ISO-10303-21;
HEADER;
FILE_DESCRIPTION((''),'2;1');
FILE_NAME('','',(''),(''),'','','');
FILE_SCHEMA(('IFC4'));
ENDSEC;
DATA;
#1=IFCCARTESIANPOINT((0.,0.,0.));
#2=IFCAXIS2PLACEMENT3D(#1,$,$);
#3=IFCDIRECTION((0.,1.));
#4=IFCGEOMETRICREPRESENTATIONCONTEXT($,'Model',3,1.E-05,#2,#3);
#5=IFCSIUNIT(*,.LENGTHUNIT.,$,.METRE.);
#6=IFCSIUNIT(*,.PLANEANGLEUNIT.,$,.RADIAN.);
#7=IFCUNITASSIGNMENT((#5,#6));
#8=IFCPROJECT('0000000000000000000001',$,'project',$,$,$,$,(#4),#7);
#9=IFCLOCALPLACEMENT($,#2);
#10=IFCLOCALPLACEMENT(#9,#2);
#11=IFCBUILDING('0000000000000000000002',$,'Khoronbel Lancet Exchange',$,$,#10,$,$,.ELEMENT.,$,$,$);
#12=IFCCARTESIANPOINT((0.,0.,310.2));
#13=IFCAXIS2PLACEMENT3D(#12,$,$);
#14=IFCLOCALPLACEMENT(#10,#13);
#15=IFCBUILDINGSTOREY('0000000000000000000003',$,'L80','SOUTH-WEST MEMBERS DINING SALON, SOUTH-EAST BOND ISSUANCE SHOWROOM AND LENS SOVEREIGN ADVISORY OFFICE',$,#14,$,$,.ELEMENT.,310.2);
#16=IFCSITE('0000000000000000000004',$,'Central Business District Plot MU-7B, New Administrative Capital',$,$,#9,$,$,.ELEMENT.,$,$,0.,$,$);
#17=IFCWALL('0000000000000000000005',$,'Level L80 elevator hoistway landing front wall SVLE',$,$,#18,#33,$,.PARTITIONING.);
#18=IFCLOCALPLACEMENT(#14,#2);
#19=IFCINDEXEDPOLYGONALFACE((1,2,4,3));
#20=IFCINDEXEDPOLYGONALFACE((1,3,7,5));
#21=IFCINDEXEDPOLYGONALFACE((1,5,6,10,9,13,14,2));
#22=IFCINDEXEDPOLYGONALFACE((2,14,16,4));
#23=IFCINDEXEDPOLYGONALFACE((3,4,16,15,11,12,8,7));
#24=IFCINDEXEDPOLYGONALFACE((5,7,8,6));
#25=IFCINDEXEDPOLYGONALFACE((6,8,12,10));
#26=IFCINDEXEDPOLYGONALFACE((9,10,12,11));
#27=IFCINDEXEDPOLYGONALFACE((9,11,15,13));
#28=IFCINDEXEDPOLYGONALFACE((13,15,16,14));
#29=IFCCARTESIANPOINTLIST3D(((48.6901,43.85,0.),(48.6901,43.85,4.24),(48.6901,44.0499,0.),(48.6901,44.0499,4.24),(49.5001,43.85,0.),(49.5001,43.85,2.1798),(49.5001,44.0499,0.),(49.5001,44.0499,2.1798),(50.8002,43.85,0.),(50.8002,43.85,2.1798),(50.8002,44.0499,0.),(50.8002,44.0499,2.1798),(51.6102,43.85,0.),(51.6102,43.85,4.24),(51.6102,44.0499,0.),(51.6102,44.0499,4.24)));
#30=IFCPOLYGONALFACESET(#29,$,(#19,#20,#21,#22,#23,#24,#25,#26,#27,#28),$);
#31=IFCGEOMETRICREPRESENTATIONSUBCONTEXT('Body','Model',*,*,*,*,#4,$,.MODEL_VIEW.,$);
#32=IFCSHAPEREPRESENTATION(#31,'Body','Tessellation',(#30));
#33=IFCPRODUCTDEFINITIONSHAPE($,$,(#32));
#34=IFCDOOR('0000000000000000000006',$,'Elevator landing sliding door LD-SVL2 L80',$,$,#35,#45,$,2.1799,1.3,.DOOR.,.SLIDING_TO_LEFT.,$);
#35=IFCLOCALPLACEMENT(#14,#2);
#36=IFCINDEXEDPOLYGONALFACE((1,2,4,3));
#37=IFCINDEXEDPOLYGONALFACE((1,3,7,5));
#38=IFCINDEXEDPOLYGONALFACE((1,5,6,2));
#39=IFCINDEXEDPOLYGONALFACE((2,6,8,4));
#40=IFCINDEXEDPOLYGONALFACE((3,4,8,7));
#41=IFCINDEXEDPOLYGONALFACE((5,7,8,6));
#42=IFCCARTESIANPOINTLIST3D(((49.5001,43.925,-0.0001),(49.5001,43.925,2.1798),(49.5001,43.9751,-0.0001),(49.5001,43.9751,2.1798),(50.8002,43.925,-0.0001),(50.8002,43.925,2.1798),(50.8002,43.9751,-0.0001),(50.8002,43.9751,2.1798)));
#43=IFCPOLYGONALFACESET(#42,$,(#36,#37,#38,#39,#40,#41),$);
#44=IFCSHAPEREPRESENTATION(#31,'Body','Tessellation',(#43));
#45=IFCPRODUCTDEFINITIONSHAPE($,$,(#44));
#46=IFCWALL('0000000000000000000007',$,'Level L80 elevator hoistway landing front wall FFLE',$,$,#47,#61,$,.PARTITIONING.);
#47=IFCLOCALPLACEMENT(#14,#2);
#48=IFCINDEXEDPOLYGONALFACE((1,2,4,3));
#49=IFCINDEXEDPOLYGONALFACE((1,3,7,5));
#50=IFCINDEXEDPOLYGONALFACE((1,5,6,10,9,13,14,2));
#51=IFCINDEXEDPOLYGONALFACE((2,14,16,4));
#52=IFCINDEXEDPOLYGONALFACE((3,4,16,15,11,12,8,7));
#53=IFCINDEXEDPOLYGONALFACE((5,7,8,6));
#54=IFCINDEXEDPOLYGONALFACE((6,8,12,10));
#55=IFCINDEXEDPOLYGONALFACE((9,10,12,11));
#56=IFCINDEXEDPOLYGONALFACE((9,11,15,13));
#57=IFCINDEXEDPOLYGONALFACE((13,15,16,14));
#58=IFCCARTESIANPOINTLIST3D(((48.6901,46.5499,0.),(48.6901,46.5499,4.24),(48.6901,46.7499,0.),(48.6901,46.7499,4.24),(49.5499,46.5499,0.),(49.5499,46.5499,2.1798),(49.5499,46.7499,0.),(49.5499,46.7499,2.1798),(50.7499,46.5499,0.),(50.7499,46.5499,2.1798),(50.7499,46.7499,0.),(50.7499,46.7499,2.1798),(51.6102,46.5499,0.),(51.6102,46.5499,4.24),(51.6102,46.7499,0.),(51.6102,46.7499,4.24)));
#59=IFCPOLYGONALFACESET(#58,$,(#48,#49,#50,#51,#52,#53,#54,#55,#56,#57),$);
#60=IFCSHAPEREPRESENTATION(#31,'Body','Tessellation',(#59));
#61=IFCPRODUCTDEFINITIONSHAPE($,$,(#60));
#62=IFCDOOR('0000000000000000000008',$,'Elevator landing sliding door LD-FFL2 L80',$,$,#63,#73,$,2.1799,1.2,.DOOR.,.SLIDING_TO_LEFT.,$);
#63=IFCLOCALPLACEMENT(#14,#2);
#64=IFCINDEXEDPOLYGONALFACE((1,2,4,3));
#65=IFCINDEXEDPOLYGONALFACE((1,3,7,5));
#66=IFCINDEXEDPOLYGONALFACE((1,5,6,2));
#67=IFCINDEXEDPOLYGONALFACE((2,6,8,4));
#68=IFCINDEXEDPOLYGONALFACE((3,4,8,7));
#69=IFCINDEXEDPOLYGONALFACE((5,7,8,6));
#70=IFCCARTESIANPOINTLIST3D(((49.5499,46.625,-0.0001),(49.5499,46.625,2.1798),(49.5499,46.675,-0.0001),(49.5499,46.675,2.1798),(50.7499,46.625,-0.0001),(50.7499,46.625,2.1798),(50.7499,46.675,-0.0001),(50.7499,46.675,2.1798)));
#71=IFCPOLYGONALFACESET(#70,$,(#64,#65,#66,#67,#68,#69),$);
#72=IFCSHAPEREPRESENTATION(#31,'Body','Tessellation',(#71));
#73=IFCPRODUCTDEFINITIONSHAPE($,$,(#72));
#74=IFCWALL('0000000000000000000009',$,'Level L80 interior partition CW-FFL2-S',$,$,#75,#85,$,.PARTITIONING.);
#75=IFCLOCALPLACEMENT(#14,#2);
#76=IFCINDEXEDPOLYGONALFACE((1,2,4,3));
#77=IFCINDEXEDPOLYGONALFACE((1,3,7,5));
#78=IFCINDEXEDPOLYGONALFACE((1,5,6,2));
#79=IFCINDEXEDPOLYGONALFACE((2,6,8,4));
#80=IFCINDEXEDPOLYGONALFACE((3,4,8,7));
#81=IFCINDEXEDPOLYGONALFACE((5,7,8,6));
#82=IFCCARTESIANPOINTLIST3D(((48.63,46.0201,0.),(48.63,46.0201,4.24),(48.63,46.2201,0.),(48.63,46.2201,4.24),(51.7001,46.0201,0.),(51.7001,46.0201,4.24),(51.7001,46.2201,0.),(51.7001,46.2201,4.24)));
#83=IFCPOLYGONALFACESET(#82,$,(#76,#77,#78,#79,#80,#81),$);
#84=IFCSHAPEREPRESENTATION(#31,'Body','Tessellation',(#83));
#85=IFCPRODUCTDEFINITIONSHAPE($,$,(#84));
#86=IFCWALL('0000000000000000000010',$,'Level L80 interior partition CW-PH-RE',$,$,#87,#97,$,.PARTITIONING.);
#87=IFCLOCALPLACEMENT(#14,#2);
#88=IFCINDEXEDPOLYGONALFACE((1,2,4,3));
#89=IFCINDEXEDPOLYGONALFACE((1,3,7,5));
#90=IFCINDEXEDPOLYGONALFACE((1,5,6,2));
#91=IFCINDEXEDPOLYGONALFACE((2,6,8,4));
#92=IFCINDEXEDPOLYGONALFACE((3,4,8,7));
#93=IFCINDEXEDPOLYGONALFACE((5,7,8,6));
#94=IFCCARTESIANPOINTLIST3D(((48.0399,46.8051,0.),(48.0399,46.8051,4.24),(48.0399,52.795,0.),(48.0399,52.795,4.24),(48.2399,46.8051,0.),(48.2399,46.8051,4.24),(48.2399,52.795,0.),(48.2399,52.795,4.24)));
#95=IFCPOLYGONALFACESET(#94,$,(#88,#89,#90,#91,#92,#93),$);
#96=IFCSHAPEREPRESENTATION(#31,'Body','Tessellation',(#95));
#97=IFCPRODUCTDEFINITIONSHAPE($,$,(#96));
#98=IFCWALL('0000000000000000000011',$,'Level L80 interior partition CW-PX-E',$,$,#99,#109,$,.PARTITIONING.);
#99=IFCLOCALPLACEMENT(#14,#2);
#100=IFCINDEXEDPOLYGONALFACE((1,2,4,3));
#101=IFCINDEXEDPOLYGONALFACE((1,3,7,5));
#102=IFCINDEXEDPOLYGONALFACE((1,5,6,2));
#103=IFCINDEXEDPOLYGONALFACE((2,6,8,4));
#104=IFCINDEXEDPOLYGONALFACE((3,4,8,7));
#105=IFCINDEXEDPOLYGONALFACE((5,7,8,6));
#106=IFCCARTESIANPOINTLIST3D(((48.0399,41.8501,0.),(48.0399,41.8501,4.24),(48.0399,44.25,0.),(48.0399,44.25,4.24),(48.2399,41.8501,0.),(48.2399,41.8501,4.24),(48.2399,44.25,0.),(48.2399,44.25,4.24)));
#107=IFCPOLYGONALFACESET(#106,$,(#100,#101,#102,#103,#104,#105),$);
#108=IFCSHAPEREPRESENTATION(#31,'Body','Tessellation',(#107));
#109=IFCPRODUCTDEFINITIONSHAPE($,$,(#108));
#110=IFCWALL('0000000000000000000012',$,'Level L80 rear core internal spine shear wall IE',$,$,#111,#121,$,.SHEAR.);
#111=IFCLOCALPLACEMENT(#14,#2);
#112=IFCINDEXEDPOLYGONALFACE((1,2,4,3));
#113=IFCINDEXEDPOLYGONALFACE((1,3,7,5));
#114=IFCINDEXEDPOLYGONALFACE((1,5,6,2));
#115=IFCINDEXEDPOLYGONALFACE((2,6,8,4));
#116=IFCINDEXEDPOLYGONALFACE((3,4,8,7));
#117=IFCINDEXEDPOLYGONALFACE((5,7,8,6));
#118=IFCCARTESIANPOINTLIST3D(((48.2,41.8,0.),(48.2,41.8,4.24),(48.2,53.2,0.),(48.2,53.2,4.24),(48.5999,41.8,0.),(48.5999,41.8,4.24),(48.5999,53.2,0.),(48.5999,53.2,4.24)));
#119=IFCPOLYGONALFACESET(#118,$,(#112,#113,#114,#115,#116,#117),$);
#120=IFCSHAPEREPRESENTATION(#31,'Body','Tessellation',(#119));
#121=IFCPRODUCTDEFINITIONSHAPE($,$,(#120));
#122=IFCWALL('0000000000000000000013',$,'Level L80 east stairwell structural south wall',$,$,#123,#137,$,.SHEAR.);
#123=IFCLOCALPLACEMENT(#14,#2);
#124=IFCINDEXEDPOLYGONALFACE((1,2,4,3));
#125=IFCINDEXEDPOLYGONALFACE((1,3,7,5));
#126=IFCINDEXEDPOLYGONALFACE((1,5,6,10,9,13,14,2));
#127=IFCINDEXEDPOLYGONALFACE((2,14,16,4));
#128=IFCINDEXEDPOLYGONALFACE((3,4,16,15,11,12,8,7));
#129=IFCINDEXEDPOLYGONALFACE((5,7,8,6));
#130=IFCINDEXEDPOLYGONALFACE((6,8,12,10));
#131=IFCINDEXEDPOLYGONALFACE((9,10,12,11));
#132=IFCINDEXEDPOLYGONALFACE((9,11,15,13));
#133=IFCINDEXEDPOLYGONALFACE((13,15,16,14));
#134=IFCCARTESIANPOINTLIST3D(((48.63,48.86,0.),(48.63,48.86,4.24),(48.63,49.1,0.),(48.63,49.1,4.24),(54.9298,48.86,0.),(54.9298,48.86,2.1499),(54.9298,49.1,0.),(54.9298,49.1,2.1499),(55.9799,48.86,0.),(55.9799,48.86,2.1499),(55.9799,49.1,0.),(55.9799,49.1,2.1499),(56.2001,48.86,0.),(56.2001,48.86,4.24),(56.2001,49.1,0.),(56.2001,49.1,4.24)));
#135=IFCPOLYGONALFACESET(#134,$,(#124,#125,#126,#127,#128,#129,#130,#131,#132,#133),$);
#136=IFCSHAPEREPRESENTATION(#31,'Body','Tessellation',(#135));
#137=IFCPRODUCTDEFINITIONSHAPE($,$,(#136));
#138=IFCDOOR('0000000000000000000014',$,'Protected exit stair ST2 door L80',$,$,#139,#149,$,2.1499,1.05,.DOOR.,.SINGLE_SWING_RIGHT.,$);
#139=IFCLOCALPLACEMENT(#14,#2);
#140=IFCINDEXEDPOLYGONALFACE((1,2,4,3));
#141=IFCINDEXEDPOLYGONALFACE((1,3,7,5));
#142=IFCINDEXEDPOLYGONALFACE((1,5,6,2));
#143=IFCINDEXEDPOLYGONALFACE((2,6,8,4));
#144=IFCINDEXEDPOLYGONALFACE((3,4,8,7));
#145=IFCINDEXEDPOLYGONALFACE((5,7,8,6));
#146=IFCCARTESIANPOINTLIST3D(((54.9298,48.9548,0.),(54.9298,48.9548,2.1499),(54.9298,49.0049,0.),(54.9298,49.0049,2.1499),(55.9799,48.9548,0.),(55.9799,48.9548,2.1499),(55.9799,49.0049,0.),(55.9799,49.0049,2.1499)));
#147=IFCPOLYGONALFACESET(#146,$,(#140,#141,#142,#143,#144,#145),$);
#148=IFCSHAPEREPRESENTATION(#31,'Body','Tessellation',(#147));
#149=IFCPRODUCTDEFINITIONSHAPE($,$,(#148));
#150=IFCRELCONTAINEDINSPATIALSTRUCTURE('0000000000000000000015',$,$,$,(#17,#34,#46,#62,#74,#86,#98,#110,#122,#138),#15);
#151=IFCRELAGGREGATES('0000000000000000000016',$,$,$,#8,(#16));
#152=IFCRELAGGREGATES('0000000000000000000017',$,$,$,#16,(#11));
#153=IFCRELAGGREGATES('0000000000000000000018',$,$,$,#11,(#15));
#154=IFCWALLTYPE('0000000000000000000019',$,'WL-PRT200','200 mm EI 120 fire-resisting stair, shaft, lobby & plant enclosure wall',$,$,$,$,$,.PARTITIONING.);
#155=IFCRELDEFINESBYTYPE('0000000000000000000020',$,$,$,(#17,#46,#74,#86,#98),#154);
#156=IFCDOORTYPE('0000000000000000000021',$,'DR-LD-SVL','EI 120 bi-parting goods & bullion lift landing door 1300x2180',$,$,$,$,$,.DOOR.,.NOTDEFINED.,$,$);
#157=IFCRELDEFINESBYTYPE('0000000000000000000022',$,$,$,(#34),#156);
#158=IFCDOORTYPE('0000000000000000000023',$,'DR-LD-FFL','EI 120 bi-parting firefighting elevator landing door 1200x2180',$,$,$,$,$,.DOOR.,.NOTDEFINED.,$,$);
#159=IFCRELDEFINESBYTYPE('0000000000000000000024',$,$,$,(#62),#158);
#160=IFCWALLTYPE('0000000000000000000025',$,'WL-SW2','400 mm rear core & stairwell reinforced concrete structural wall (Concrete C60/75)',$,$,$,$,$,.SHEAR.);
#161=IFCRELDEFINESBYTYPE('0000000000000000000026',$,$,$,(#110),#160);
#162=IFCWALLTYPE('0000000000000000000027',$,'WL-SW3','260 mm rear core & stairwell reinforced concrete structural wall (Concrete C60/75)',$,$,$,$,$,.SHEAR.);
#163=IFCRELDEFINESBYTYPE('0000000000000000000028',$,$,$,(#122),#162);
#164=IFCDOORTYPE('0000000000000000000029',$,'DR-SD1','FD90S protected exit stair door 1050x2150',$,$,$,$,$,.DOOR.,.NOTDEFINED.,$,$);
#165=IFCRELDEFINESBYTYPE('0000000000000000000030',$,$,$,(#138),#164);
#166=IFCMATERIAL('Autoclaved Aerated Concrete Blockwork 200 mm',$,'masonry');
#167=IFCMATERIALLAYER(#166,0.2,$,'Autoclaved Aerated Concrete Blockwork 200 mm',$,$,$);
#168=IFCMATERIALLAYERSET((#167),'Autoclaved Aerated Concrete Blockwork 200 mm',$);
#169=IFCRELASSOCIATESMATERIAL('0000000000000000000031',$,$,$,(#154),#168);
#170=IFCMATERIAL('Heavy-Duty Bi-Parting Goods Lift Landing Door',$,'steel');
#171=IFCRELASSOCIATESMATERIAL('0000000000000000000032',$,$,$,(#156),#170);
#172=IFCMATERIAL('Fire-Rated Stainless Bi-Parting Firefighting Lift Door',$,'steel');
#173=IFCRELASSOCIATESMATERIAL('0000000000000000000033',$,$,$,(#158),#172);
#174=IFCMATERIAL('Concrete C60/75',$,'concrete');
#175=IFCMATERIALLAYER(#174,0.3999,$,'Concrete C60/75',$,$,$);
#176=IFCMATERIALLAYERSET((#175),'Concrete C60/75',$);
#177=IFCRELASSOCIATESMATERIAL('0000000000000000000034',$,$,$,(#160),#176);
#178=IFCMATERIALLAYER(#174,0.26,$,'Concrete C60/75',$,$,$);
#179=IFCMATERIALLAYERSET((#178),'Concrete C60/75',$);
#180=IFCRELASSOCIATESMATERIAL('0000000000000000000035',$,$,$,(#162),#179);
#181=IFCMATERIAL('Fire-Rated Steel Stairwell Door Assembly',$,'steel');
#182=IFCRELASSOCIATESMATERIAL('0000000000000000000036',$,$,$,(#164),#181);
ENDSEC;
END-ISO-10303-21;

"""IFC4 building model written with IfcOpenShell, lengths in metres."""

from ifc_helpers import new_model, si_unit, direction, frame, frame_2d, origin, place, context, subcontext, project, spatial, rectangle, extrude, material, layer, layer_set, type_object, element, fill, save


model = new_model("IFC4")

# Units and contexts
model_context = context("Model", 3, precision=1e-05, world=origin(), true_north=direction((0.0, 1.0)))
body_context = subcontext(model_context, "Body", "Model", "MODEL_VIEW")
ifc_project = project(units=[si_unit("LENGTHUNIT", "METRE"), si_unit("PLANEANGLEUNIT", "RADIAN")], contexts=[model_context])

# Site, building, storey
site_placement = place(None, origin())
site = spatial("IfcSite", under=ifc_project, at=site_placement, Name="Central Business District Plot MU-7B, New Administrative Capital", CompositionType="ELEMENT", RefElevation=0.0)
building_placement = place(site_placement, origin())
building = spatial("IfcBuilding", under=site, at=building_placement, Name="Khoronbel Lancet Exchange", CompositionType="ELEMENT")
storey_placement = place(building_placement, frame((0.0, 0.0, 310.2)))
storey = spatial("IfcBuildingStorey", under=building, at=storey_placement, Name="L80", Description="SOUTH-WEST MEMBERS DINING SALON, SOUTH-EAST BOND ISSUANCE SHOWROOM AND LENS SOVEREIGN ADVISORY OFFICE", CompositionType="ELEMENT", Elevation=310.2)

# Walls, openings, doors
ifc_material_1 = material(Name="Autoclaved Aerated Concrete Blockwork 200 mm", Category="masonry")
ifc_layer_1 = layer(ifc_material_1, 0.2, Name="Autoclaved Aerated Concrete Blockwork 200 mm")
ifc_layer_set_1 = layer_set([ifc_layer_1], Name="Autoclaved Aerated Concrete Blockwork 200 mm")
wall_type_1 = type_object("IfcWallType", Name="WL-PRT200", Description="200 mm EI 120 fire-resisting stair, shaft, lobby & plant enclosure wall", PredefinedType="PARTITIONING", material=ifc_layer_set_1)
wall_1_placement = place(storey_placement, frame((51.6101, 43.95, 0.0), z_axis=(0.0, 0.0, 1.0), x_axis=(-1.0, 0.0, 0.0)))
wall_1 = element("IfcWall", 1, at=wall_1_placement, inside=storey, type_object=wall_type_1, Name="Level L80 elevator hoistway landing front wall SVLE", PredefinedType="PARTITIONING", context=body_context, shape_type="SweptSolid", body=[
    extrude(rectangle(XDim=2.9202, YDim=0.2, at=frame_2d((1.46, 0.0))), origin(), (0.0, 0.0, 1.0), 4.24),
])
opening_1_placement = place(wall_1_placement, frame((0.8101, 0.0, 0.0)))
opening_1 = element("IfcOpeningElement", 2, at=opening_1_placement, cuts=wall_1, PredefinedType="OPENING", context=body_context, shape_type="SweptSolid", body=[
    extrude(rectangle(XDim=1.3, YDim=2.1799, at=frame_2d((0.6499, 1.0898))), frame((0.0, 0.1099, 0.0), z_axis=(0.0, -1.0, 0.0), x_axis=(1.0, 0.0, 0.0)), (0.0, 0.0, 1.0), 0.22),
])
ifc_material_2 = material(Name="Heavy-Duty Bi-Parting Goods Lift Landing Door", Category="steel")
door_type_1 = type_object("IfcDoorType", Name="DR-LD-SVL", Description="EI 120 bi-parting goods & bullion lift landing door 1300x2180", OperationType="NOTDEFINED", PredefinedType="DOOR", material=ifc_material_2)
door_1_placement = place(opening_1_placement, origin())
door_1 = element("IfcDoor", 3, at=door_1_placement, inside=storey, type_object=door_type_1, Name="Elevator landing sliding door LD-SVL2 L80", OperationType="SLIDING_TO_LEFT", OverallHeight=2.1799, OverallWidth=1.3, PredefinedType="DOOR", context=body_context, shape_type="SweptSolid", body=[
    extrude(rectangle(XDim=1.3, YDim=2.1799, at=frame_2d((0.6499, 1.0898))), frame((0.0, 0.0249, 0.0), z_axis=(0.0, -1.0, 0.0), x_axis=(1.0, 0.0, 0.0)), (0.0, 0.0, 1.0), 0.05),
])
fill(opening_1, door_1)
wall_2_placement = place(storey_placement, frame((51.6101, 46.6499, 0.0), z_axis=(0.0, 0.0, 1.0), x_axis=(-1.0, 0.0, 0.0)))
wall_2 = element("IfcWall", 4, at=wall_2_placement, inside=storey, type_object=wall_type_1, Name="Level L80 elevator hoistway landing front wall FFLE", PredefinedType="PARTITIONING", context=body_context, shape_type="SweptSolid", body=[
    extrude(rectangle(XDim=2.9202, YDim=0.2, at=frame_2d((1.46, 0.0))), origin(), (0.0, 0.0, 1.0), 4.24),
])
opening_2_placement = place(wall_2_placement, frame((0.8601, 0.0, 0.0)))
opening_2 = element("IfcOpeningElement", 5, at=opening_2_placement, cuts=wall_2, PredefinedType="OPENING", context=body_context, shape_type="SweptSolid", body=[
    extrude(rectangle(XDim=1.2, YDim=2.1799, at=frame_2d((0.6001, 1.0898))), frame((0.0, 0.1099, 0.0), z_axis=(0.0, -1.0, 0.0), x_axis=(1.0, 0.0, 0.0)), (0.0, 0.0, 1.0), 0.22),
])
ifc_material_3 = material(Name="Fire-Rated Stainless Bi-Parting Firefighting Lift Door", Category="steel")
door_type_2 = type_object("IfcDoorType", Name="DR-LD-FFL", Description="EI 120 bi-parting firefighting elevator landing door 1200x2180", OperationType="NOTDEFINED", PredefinedType="DOOR", material=ifc_material_3)
door_2_placement = place(opening_2_placement, origin())
door_2 = element("IfcDoor", 6, at=door_2_placement, inside=storey, type_object=door_type_2, Name="Elevator landing sliding door LD-FFL2 L80", OperationType="SLIDING_TO_LEFT", OverallHeight=2.1799, OverallWidth=1.2, PredefinedType="DOOR", context=body_context, shape_type="SweptSolid", body=[
    extrude(rectangle(XDim=1.2, YDim=2.1799, at=frame_2d((0.6001, 1.0898))), frame((0.0, 0.0249, 0.0), z_axis=(0.0, -1.0, 0.0), x_axis=(1.0, 0.0, 0.0)), (0.0, 0.0, 1.0), 0.05),
])
fill(opening_2, door_2)

# Wall
wall_3_placement = place(storey_placement, frame((48.6299, 46.1201, 0.0), z_axis=(0.0, 0.0, 1.0), x_axis=(1.0, 0.0, 0.0)))
element("IfcWall", 7, at=wall_3_placement, inside=storey, type_object=wall_type_1, Name="Level L80 interior partition CW-FFL2-S", PredefinedType="PARTITIONING", context=body_context, shape_type="SweptSolid", body=[
    extrude(rectangle(XDim=3.0701, YDim=0.2, at=frame_2d((1.5352, 0.0))), origin(), (0.0, 0.0, 1.0), 4.24),
])

# Walls
wall_4_placement = place(storey_placement, frame((48.1399, 46.8049, 0.0), z_axis=(0.0, 0.0, 1.0), x_axis=(0.0, 1.0, 0.0)))
element("IfcWall", 8, at=wall_4_placement, inside=storey, type_object=wall_type_1, Name="Level L80 interior partition CW-PH-RE", PredefinedType="PARTITIONING", context=body_context, shape_type="SweptSolid", body=[
    extrude(rectangle(XDim=5.99, YDim=0.2, at=frame_2d((2.9951, 0.0))), origin(), (0.0, 0.0, 1.0), 4.24),
])
wall_5_placement = place(storey_placement, frame((48.1399, 41.8501, 0.0), z_axis=(0.0, 0.0, 1.0), x_axis=(0.0, 1.0, 0.0)))
element("IfcWall", 9, at=wall_5_placement, inside=storey, type_object=wall_type_1, Name="Level L80 interior partition CW-PX-E", PredefinedType="PARTITIONING", context=body_context, shape_type="SweptSolid", body=[
    extrude(rectangle(XDim=2.3999, YDim=0.2, at=frame_2d((1.2, 0.0))), origin(), (0.0, 0.0, 1.0), 4.24),
])
ifc_material_4 = material(Name="Concrete C60/75", Category="concrete")
ifc_layer_2 = layer(ifc_material_4, 0.3999, Name="Concrete C60/75")
ifc_layer_set_2 = layer_set([ifc_layer_2], Name="Concrete C60/75")
wall_type_2 = type_object("IfcWallType", Name="WL-SW2", Description="400 mm rear core & stairwell reinforced concrete structural wall (Concrete C60/75)", PredefinedType="SHEAR", material=ifc_layer_set_2)
wall_6_placement = place(storey_placement, frame((48.3999, 41.8, 0.0), z_axis=(0.0, 0.0, 1.0), x_axis=(0.0, 1.0, 0.0)))
element("IfcWall", 10, at=wall_6_placement, inside=storey, type_object=wall_type_2, Name="Level L80 rear core internal spine shear wall IE", PredefinedType="SHEAR", context=body_context, shape_type="SweptSolid", body=[
    extrude(rectangle(XDim=11.3999, YDim=0.3999, at=frame_2d((5.7, 0.0))), origin(), (0.0, 0.0, 1.0), 4.24),
])

# Wall, opening, door
ifc_layer_3 = layer(ifc_material_4, 0.26, Name="Concrete C60/75")
ifc_layer_set_3 = layer_set([ifc_layer_3], Name="Concrete C60/75")
wall_type_3 = type_object("IfcWallType", Name="WL-SW3", Description="260 mm rear core & stairwell reinforced concrete structural wall (Concrete C60/75)", PredefinedType="SHEAR", material=ifc_layer_set_3)
wall_7_placement = place(storey_placement, frame((48.6299, 48.98, 0.0), z_axis=(0.0, 0.0, 1.0), x_axis=(1.0, 0.0, 0.0)))
wall_7 = element("IfcWall", 11, at=wall_7_placement, inside=storey, type_object=wall_type_3, Name="Level L80 east stairwell structural south wall", PredefinedType="SHEAR", context=body_context, shape_type="SweptSolid", body=[
    extrude(rectangle(XDim=7.5701, YDim=0.24, at=frame_2d((3.7852, 0.0))), origin(), (0.0, 0.0, 1.0), 4.24),
])
opening_3_placement = place(wall_7_placement, frame((6.3, 0.0, 0.0)))
opening_3 = element("IfcOpeningElement", 12, at=opening_3_placement, cuts=wall_7, PredefinedType="OPENING", context=body_context, shape_type="SweptSolid", body=[
    extrude(rectangle(XDim=1.05, YDim=2.1499, at=frame_2d((0.5249, 1.075))), frame((0.0, 0.1299, 0.0), z_axis=(0.0, -1.0, 0.0), x_axis=(1.0, 0.0, 0.0)), (0.0, 0.0, 1.0), 0.26),
])
ifc_material_5 = material(Name="Fire-Rated Steel Stairwell Door Assembly", Category="steel")
door_type_3 = type_object("IfcDoorType", Name="DR-SD1", Description="FD90S protected exit stair door 1050x2150", OperationType="NOTDEFINED", PredefinedType="DOOR", material=ifc_material_5)
door_3_placement = place(opening_3_placement, origin())
door_3 = element("IfcDoor", 13, at=door_3_placement, inside=storey, type_object=door_type_3, Name="Protected exit stair ST2 door L80", OperationType="SINGLE_SWING_RIGHT", OverallHeight=2.1499, OverallWidth=1.05, PredefinedType="DOOR", context=body_context, shape_type="SweptSolid", body=[
    extrude(rectangle(XDim=1.05, YDim=2.1499, at=frame_2d((0.5249, 1.075))), frame((0.0, 0.0249, 0.0), z_axis=(0.0, -1.0, 0.0), x_axis=(1.0, 0.0, 0.0)), (0.0, 0.0, 1.0), 0.05),
])
fill(opening_3, door_3)

save(model, "model.ifc")
